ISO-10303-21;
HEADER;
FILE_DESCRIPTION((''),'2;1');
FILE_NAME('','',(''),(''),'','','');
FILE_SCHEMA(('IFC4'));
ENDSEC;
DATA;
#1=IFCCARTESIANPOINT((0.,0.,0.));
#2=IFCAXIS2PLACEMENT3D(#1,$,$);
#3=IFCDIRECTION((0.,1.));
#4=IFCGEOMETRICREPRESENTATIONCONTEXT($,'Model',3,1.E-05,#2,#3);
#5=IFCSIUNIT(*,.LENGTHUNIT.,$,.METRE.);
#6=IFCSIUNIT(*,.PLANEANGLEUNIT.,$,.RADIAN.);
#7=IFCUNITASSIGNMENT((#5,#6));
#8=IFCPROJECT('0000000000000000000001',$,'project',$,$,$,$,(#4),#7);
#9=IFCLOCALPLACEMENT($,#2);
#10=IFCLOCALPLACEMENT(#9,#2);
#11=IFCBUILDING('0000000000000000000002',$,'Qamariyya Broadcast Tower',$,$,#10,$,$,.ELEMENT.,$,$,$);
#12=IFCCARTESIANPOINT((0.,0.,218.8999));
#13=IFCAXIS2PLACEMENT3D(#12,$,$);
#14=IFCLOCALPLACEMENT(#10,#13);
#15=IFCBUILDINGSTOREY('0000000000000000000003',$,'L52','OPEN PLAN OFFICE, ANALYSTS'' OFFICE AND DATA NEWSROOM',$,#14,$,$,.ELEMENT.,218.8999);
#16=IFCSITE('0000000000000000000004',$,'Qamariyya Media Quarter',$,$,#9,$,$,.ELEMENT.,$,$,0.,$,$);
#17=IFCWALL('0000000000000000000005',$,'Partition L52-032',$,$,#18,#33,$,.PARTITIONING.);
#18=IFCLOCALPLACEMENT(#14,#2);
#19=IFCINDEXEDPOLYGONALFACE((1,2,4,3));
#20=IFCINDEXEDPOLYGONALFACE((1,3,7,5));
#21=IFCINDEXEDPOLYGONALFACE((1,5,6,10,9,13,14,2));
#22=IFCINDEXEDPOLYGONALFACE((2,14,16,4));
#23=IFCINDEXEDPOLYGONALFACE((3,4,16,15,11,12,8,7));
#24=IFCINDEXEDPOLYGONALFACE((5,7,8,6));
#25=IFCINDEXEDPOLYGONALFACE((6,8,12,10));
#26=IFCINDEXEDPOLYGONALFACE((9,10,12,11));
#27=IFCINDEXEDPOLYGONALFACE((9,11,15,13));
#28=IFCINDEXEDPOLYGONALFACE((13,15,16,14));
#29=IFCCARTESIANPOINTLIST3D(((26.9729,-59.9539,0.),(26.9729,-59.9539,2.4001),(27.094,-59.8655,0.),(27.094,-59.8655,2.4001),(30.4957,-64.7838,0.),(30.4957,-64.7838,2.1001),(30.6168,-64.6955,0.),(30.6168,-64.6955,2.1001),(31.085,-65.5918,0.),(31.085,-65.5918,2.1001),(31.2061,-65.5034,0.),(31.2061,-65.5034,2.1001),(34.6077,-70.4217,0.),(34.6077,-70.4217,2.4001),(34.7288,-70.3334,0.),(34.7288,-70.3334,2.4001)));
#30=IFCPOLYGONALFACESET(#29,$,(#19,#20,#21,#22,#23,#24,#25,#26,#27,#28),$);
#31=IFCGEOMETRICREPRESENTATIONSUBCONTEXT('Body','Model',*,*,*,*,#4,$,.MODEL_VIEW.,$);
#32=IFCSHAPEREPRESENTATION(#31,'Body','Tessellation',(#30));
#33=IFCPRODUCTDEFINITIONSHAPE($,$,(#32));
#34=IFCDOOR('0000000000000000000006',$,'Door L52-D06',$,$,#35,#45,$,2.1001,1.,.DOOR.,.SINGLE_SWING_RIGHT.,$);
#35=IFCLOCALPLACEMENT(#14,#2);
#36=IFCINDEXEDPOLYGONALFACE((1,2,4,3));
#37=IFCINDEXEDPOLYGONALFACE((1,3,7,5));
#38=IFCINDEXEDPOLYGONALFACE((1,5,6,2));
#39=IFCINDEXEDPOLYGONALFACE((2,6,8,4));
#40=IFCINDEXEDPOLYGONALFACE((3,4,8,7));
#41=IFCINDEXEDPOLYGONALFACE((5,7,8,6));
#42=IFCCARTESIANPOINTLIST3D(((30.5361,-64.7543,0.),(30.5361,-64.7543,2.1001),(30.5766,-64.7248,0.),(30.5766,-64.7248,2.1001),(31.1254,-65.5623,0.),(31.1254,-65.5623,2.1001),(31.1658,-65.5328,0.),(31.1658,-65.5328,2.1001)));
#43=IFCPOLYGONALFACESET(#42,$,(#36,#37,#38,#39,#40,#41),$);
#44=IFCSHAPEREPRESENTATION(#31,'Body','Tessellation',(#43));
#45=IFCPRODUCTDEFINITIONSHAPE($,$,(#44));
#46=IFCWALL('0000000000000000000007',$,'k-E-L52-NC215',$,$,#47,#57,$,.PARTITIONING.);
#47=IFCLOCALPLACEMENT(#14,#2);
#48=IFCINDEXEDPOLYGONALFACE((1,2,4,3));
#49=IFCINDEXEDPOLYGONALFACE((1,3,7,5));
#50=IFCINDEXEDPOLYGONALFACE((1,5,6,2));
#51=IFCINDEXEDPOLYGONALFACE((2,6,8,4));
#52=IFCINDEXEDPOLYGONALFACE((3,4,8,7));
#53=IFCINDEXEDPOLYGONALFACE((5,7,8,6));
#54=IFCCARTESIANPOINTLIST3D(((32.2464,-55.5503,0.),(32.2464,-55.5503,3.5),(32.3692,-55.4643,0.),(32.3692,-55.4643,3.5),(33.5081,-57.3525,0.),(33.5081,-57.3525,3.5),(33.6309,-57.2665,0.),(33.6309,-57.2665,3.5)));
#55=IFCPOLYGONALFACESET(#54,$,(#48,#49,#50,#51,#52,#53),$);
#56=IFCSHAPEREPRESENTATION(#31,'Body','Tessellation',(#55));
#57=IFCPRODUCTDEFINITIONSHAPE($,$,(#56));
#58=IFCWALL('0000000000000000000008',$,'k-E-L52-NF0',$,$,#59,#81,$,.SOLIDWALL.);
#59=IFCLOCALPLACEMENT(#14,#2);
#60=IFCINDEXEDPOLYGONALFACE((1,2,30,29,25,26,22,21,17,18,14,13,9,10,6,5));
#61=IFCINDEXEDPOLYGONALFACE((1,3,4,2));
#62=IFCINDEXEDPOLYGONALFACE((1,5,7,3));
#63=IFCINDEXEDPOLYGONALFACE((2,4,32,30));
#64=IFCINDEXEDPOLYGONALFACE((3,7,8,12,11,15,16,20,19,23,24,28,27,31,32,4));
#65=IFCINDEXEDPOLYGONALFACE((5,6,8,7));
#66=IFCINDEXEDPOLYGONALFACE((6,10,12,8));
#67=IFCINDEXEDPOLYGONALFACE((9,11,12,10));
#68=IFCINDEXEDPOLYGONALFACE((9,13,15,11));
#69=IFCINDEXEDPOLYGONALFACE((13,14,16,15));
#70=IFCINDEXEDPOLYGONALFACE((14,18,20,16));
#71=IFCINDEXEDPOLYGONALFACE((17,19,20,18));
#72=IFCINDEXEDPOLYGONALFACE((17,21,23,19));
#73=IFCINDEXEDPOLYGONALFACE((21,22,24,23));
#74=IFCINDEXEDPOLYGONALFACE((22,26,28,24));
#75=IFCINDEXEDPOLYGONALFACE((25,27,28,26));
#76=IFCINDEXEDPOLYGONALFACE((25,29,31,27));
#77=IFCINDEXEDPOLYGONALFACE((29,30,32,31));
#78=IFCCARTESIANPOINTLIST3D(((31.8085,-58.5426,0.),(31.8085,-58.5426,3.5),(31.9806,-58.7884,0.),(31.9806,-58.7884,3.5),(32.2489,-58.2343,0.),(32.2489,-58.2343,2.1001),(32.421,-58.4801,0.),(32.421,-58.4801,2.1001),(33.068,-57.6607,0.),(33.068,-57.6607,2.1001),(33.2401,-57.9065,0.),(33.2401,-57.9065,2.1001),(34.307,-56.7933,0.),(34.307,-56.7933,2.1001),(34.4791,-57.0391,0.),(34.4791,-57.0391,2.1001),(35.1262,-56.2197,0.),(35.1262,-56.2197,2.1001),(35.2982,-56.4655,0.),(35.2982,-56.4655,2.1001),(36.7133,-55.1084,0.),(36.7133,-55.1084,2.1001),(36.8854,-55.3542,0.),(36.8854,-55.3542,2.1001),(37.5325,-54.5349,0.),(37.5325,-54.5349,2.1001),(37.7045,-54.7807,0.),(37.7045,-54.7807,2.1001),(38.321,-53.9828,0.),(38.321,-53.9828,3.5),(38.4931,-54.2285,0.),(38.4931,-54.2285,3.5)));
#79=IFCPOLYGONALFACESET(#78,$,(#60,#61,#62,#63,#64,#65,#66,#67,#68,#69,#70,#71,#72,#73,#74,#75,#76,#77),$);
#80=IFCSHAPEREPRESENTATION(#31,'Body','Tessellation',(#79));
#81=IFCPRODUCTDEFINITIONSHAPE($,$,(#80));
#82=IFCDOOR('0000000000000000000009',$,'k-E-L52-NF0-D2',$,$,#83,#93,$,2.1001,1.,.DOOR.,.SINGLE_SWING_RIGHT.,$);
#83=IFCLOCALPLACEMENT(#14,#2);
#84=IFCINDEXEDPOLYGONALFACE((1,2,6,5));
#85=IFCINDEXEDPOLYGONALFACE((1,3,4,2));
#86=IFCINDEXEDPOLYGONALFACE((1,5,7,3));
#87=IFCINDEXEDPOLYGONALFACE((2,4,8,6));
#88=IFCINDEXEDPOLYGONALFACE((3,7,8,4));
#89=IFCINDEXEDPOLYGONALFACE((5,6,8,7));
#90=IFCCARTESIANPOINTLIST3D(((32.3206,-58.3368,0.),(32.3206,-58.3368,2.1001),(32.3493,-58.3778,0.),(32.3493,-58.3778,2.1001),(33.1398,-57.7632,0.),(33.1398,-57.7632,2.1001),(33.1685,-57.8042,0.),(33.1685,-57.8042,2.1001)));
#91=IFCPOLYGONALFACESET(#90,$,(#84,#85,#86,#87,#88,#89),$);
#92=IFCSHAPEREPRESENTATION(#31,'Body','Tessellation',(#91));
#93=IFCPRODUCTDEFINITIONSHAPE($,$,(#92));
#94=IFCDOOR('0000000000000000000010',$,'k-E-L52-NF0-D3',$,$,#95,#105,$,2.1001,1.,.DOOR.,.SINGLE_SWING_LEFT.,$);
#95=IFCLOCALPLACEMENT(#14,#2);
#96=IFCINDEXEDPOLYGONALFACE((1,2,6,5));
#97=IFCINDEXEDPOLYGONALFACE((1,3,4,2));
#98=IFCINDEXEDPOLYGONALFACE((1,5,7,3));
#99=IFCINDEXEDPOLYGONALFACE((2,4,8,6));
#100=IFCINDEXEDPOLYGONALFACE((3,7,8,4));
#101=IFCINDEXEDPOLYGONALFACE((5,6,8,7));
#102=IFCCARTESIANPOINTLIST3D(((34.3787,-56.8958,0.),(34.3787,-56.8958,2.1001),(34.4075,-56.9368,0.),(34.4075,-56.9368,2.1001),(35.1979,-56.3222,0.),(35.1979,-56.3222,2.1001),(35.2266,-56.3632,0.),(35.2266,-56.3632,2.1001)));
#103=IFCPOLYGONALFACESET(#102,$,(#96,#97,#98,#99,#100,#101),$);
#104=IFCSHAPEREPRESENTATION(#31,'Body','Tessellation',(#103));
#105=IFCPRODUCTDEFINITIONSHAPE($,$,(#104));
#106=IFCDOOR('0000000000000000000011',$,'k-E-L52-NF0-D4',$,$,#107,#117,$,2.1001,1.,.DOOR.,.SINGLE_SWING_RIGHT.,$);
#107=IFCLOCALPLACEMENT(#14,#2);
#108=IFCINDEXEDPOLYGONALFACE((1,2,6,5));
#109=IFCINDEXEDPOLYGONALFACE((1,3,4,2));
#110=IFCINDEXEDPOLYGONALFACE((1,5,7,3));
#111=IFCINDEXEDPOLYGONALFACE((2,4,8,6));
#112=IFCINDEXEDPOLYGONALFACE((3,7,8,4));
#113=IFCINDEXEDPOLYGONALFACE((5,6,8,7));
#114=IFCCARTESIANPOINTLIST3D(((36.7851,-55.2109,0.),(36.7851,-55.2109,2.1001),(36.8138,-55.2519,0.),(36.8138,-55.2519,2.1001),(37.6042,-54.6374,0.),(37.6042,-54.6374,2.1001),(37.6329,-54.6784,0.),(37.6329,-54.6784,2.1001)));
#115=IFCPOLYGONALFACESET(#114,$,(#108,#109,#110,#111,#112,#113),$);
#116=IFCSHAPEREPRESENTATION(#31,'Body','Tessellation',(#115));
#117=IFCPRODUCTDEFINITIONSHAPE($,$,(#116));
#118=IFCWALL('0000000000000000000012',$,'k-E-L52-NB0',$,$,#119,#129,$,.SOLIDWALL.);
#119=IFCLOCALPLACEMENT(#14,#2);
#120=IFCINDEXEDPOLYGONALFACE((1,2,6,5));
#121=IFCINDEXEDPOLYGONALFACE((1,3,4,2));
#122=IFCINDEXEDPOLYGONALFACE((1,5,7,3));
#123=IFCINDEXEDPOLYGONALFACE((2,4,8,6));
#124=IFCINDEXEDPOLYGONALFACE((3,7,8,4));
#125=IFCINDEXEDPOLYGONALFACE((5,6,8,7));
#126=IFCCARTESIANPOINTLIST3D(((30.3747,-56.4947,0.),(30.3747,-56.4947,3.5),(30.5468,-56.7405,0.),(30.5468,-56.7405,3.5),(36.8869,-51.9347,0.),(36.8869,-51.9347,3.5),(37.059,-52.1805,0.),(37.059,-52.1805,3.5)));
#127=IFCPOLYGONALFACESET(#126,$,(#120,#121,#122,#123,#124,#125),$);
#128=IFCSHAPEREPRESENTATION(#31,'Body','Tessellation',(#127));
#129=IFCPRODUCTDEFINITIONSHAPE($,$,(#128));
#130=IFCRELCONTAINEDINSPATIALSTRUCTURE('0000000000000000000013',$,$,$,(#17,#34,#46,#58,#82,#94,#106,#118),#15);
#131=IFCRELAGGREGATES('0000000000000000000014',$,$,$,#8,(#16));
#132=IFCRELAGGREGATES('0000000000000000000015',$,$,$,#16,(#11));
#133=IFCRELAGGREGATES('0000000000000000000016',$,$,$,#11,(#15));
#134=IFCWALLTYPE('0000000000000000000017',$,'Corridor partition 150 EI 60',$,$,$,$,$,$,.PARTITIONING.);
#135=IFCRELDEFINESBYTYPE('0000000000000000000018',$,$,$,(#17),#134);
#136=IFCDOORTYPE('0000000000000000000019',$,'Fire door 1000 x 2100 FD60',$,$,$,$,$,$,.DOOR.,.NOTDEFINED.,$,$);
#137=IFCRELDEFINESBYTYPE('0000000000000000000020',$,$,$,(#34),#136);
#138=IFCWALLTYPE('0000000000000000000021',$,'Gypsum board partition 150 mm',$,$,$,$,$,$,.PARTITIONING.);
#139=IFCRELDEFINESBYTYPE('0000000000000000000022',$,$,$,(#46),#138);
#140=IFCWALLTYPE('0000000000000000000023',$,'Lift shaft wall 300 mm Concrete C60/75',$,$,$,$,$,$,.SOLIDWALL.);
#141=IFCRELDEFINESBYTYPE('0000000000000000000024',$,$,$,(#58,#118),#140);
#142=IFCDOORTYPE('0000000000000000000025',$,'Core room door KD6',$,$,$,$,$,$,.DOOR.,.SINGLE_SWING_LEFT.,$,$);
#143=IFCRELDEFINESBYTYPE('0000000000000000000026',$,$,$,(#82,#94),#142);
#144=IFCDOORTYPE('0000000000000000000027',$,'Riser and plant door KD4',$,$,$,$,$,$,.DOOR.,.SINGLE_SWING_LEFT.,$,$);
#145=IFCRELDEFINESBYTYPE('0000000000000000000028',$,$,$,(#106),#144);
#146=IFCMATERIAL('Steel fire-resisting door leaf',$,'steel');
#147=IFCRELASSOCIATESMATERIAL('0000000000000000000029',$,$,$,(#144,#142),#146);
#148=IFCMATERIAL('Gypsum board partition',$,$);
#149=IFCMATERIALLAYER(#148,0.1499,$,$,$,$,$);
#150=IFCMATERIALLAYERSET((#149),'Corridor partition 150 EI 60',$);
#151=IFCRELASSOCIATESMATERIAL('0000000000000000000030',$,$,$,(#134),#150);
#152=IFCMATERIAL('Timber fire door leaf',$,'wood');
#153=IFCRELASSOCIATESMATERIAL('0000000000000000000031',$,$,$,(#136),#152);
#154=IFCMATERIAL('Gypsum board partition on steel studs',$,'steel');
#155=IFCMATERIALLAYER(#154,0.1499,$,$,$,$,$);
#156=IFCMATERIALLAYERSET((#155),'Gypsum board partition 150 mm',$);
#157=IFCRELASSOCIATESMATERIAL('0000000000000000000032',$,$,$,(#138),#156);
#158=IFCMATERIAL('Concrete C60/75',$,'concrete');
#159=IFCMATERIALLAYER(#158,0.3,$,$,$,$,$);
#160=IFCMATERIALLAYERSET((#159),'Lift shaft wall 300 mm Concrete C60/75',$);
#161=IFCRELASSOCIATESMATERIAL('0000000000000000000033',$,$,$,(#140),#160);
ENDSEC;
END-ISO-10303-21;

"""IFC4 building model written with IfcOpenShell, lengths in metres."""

from ifc_helpers import new_model, si_unit, direction, frame, frame_2d, origin, place, context, subcontext, project, spatial, rectangle, extrude, material, layer, layer_set, type_object, element, fill, save


model = new_model("IFC4")

# Units and contexts
model_context = context("Model", 3, precision=1e-05, world=origin(), true_north=direction((0.0, 1.0)))
body_context = subcontext(model_context, "Body", "Model", "MODEL_VIEW")
ifc_project = project(units=[si_unit("LENGTHUNIT", "METRE"), si_unit("PLANEANGLEUNIT", "RADIAN")], contexts=[model_context])

# Site, building, storey
site_placement = place(None, origin())
site = spatial("IfcSite", under=ifc_project, at=site_placement, Name="Qamariyya Media Quarter", CompositionType="ELEMENT", RefElevation=0.0)
building_placement = place(site_placement, origin())
building = spatial("IfcBuilding", under=site, at=building_placement, Name="Qamariyya Broadcast Tower", CompositionType="ELEMENT")
storey_placement = place(building_placement, frame((0.0, 0.0, 218.8999)))
storey = spatial("IfcBuildingStorey", under=building, at=storey_placement, Name="L52", Description="OPEN PLAN OFFICE, ANALYSTS' OFFICE AND DATA NEWSROOM", CompositionType="ELEMENT", Elevation=218.8999)

# Shared definitions
ifc_material_1 = material(Name="Concrete C60/75", Category="concrete")

# Shared definitions
ifc_material_2 = material(Name="Steel fire-resisting door leaf", Category="steel")

# Shared definitions
door_type_1 = type_object("IfcDoorType", Name="Riser and plant door KD4", OperationType="SINGLE_SWING_LEFT", PredefinedType="DOOR", material=ifc_material_2)

# Wall, opening, door
ifc_material_3 = material(Name="Gypsum board partition")
ifc_layer_1 = layer(ifc_material_3, 0.1499)
ifc_layer_set_1 = layer_set([ifc_layer_1], Name="Corridor partition 150 EI 60")
wall_type_1 = type_object("IfcWallType", Name="Corridor partition 150 EI 60", PredefinedType="PARTITIONING", material=ifc_layer_set_1)
wall_1_placement = place(storey_placement, frame((34.6682, -70.3774, 0.0), z_axis=(0.0, 0.0, 1.0), x_axis=(-0.589274, 0.807934, 0.0)))
wall_1 = element("IfcWall", 1, at=wall_1_placement, inside=storey, type_object=wall_type_1, Name="Partition L52-032", PredefinedType="PARTITIONING", context=body_context, shape_type="SweptSolid", body=[
    extrude(rectangle(XDim=12.9563, YDim=0.1499, at=frame_2d((6.478, 0.0))), origin(), (0.0, 0.0, 1.0), 2.4001),
])
opening_1_placement = place(wall_1_placement, frame((5.978, 0.0, 0.0)))
opening_1 = element("IfcOpeningElement", 2, at=opening_1_placement, cuts=wall_1, PredefinedType="OPENING", context=body_context, shape_type="SweptSolid", body=[
    extrude(rectangle(XDim=1.0, YDim=2.1001, at=frame_2d((0.5, 1.05))), frame((0.0, 0.085, 0.0), z_axis=(0.0, -1.0, 0.0), x_axis=(1.0, 0.0, 0.0)), (0.0, 0.0, 1.0), 0.1699),
])
ifc_material_4 = material(Name="Timber fire door leaf", Category="wood")
door_type_2 = type_object("IfcDoorType", Name="Fire door 1000 x 2100 FD60", OperationType="NOTDEFINED", PredefinedType="DOOR", material=ifc_material_4)
door_1_placement = place(opening_1_placement, origin())
door_1 = element("IfcDoor", 3, at=door_1_placement, inside=storey, type_object=door_type_2, Name="Door L52-D06", OperationType="SINGLE_SWING_RIGHT", OverallHeight=2.1001, OverallWidth=1.0, PredefinedType="DOOR", context=body_context, shape_type="SweptSolid", body=[
    extrude(rectangle(XDim=1.0, YDim=2.1001, at=frame_2d((0.5, 1.05))), frame((0.0, 0.0249, 0.0), z_axis=(0.0, -1.0, 0.0), x_axis=(1.0, 0.0, 0.0)), (0.0, 0.0, 1.0), 0.05),
])
fill(opening_1, door_1)

# Wall
ifc_material_5 = material(Name="Gypsum board partition on steel studs", Category="steel")
ifc_layer_2 = layer(ifc_material_5, 0.1499)
ifc_layer_set_2 = layer_set([ifc_layer_2], Name="Gypsum board partition 150 mm")
wall_type_2 = type_object("IfcWallType", Name="Gypsum board partition 150 mm", PredefinedType="PARTITIONING", material=ifc_layer_set_2)
wall_2_placement = place(storey_placement, frame((33.5696, -57.3096, 0.0), z_axis=(0.0, 0.0, 1.0), x_axis=(-0.573507, 0.819201, 0.0)))
element("IfcWall", 4, at=wall_2_placement, inside=storey, type_object=wall_type_2, Name="k-E-L52-NC215", PredefinedType="PARTITIONING", context=body_context, shape_type="SweptSolid", body=[
    extrude(rectangle(XDim=2.2, YDim=0.1499, at=frame_2d((1.1001, 0.0))), origin(), (0.0, 0.0, 1.0), 3.5),
])

# Wall, openings, doors
ifc_layer_3 = layer(ifc_material_1, 0.3)
ifc_layer_set_3 = layer_set([ifc_layer_3], Name="Lift shaft wall 300 mm Concrete C60/75")
wall_type_3 = type_object("IfcWallType", Name="Lift shaft wall 300 mm Concrete C60/75", PredefinedType="SOLIDWALL", material=ifc_layer_set_3)
wall_3_placement = place(storey_placement, frame((31.8945, -58.6655, 0.0), z_axis=(0.0, 0.0, 1.0), x_axis=(0.819167, 0.573555, 0.0)))
wall_3 = element("IfcWall", 5, at=wall_3_placement, inside=storey, type_object=wall_type_3, Name="k-E-L52-NF0", PredefinedType="SOLIDWALL", context=body_context, shape_type="SweptSolid", body=[
    extrude(rectangle(XDim=7.9502, YDim=0.3, at=frame_2d((3.9751, 0.0))), origin(), (0.0, 0.0, 1.0), 3.5),
])
opening_2_placement = place(wall_3_placement, frame((0.5376, 0.0, 0.0)))
opening_2 = element("IfcOpeningElement", 6, at=opening_2_placement, cuts=wall_3, PredefinedType="OPENING", context=body_context, shape_type="SweptSolid", body=[
    extrude(rectangle(XDim=1.0, YDim=2.1001, at=frame_2d((0.5, 1.05))), frame((0.0, 0.1599, 0.0), z_axis=(0.0, -1.0, 0.0), x_axis=(1.0, 0.0, 0.0)), (0.0, 0.0, 1.0), 0.3201),
])
opening_3_placement = place(wall_3_placement, frame((3.05, 0.0, 0.0)))
opening_3 = element("IfcOpeningElement", 7, at=opening_3_placement, cuts=wall_3, PredefinedType="OPENING", context=body_context, shape_type="SweptSolid", body=[
    extrude(rectangle(XDim=1.0, YDim=2.1001, at=frame_2d((0.5, 1.05))), frame((0.0, 0.1599, 0.0), z_axis=(0.0, -1.0, 0.0), x_axis=(1.0, 0.0, 0.0)), (0.0, 0.0, 1.0), 0.3201),
])
opening_4_placement = place(wall_3_placement, frame((5.9875, 0.0, 0.0)))
opening_4 = element("IfcOpeningElement", 8, at=opening_4_placement, cuts=wall_3, PredefinedType="OPENING", context=body_context, shape_type="SweptSolid", body=[
    extrude(rectangle(XDim=1.0, YDim=2.1001, at=frame_2d((0.5, 1.05))), frame((0.0, 0.1599, 0.0), z_axis=(0.0, -1.0, 0.0), x_axis=(1.0, 0.0, 0.0)), (0.0, 0.0, 1.0), 0.3201),
])
door_type_3 = type_object("IfcDoorType", Name="Core room door KD6", OperationType="SINGLE_SWING_LEFT", PredefinedType="DOOR", material=ifc_material_2)
door_2_placement = place(opening_2_placement, origin())
door_2 = element("IfcDoor", 9, at=door_2_placement, inside=storey, type_object=door_type_3, Name="k-E-L52-NF0-D2", OperationType="SINGLE_SWING_RIGHT", OverallHeight=2.1001, OverallWidth=1.0, PredefinedType="DOOR", context=body_context, shape_type="SweptSolid", body=[
    extrude(rectangle(XDim=1.0, YDim=2.1001, at=frame_2d((0.5, 1.05))), frame((0.0, 0.0249, 0.0), z_axis=(0.0, -1.0, 0.0), x_axis=(1.0, 0.0, 0.0)), (0.0, 0.0, 1.0), 0.05),
])
fill(opening_2, door_2)
door_3_placement = place(opening_3_placement, origin())
door_3 = element("IfcDoor", 10, at=door_3_placement, inside=storey, type_object=door_type_3, Name="k-E-L52-NF0-D3", OperationType="SINGLE_SWING_LEFT", OverallHeight=2.1001, OverallWidth=1.0, PredefinedType="DOOR", context=body_context, shape_type="SweptSolid", body=[
    extrude(rectangle(XDim=1.0, YDim=2.1001, at=frame_2d((0.5, 1.05))), frame((0.0, 0.0249, 0.0), z_axis=(0.0, -1.0, 0.0), x_axis=(1.0, 0.0, 0.0)), (0.0, 0.0, 1.0), 0.05),
])
fill(opening_3, door_3)
door_4_placement = place(opening_4_placement, origin())
door_4 = element("IfcDoor", 11, at=door_4_placement, inside=storey, type_object=door_type_1, Name="k-E-L52-NF0-D4", OperationType="SINGLE_SWING_RIGHT", OverallHeight=2.1001, OverallWidth=1.0, PredefinedType="DOOR", context=body_context, shape_type="SweptSolid", body=[
    extrude(rectangle(XDim=1.0, YDim=2.1001, at=frame_2d((0.5, 1.05))), frame((0.0, 0.0249, 0.0), z_axis=(0.0, -1.0, 0.0), x_axis=(1.0, 0.0, 0.0)), (0.0, 0.0, 1.0), 0.05),
])
fill(opening_4, door_4)

# Wall
wall_4_placement = place(storey_placement, frame((30.4607, -56.6177, 0.0), z_axis=(0.0, 0.0, 1.0), x_axis=(0.819142, 0.57359, 0.0)))
element("IfcWall", 12, at=wall_4_placement, inside=storey, type_object=wall_type_3, Name="k-E-L52-NB0", PredefinedType="SOLIDWALL", context=body_context, shape_type="SweptSolid", body=[
    extrude(rectangle(XDim=7.95, YDim=0.3, at=frame_2d((3.9751, 0.0))), origin(), (0.0, 0.0, 1.0), 3.5),
])

save(model, "model.ifc")
